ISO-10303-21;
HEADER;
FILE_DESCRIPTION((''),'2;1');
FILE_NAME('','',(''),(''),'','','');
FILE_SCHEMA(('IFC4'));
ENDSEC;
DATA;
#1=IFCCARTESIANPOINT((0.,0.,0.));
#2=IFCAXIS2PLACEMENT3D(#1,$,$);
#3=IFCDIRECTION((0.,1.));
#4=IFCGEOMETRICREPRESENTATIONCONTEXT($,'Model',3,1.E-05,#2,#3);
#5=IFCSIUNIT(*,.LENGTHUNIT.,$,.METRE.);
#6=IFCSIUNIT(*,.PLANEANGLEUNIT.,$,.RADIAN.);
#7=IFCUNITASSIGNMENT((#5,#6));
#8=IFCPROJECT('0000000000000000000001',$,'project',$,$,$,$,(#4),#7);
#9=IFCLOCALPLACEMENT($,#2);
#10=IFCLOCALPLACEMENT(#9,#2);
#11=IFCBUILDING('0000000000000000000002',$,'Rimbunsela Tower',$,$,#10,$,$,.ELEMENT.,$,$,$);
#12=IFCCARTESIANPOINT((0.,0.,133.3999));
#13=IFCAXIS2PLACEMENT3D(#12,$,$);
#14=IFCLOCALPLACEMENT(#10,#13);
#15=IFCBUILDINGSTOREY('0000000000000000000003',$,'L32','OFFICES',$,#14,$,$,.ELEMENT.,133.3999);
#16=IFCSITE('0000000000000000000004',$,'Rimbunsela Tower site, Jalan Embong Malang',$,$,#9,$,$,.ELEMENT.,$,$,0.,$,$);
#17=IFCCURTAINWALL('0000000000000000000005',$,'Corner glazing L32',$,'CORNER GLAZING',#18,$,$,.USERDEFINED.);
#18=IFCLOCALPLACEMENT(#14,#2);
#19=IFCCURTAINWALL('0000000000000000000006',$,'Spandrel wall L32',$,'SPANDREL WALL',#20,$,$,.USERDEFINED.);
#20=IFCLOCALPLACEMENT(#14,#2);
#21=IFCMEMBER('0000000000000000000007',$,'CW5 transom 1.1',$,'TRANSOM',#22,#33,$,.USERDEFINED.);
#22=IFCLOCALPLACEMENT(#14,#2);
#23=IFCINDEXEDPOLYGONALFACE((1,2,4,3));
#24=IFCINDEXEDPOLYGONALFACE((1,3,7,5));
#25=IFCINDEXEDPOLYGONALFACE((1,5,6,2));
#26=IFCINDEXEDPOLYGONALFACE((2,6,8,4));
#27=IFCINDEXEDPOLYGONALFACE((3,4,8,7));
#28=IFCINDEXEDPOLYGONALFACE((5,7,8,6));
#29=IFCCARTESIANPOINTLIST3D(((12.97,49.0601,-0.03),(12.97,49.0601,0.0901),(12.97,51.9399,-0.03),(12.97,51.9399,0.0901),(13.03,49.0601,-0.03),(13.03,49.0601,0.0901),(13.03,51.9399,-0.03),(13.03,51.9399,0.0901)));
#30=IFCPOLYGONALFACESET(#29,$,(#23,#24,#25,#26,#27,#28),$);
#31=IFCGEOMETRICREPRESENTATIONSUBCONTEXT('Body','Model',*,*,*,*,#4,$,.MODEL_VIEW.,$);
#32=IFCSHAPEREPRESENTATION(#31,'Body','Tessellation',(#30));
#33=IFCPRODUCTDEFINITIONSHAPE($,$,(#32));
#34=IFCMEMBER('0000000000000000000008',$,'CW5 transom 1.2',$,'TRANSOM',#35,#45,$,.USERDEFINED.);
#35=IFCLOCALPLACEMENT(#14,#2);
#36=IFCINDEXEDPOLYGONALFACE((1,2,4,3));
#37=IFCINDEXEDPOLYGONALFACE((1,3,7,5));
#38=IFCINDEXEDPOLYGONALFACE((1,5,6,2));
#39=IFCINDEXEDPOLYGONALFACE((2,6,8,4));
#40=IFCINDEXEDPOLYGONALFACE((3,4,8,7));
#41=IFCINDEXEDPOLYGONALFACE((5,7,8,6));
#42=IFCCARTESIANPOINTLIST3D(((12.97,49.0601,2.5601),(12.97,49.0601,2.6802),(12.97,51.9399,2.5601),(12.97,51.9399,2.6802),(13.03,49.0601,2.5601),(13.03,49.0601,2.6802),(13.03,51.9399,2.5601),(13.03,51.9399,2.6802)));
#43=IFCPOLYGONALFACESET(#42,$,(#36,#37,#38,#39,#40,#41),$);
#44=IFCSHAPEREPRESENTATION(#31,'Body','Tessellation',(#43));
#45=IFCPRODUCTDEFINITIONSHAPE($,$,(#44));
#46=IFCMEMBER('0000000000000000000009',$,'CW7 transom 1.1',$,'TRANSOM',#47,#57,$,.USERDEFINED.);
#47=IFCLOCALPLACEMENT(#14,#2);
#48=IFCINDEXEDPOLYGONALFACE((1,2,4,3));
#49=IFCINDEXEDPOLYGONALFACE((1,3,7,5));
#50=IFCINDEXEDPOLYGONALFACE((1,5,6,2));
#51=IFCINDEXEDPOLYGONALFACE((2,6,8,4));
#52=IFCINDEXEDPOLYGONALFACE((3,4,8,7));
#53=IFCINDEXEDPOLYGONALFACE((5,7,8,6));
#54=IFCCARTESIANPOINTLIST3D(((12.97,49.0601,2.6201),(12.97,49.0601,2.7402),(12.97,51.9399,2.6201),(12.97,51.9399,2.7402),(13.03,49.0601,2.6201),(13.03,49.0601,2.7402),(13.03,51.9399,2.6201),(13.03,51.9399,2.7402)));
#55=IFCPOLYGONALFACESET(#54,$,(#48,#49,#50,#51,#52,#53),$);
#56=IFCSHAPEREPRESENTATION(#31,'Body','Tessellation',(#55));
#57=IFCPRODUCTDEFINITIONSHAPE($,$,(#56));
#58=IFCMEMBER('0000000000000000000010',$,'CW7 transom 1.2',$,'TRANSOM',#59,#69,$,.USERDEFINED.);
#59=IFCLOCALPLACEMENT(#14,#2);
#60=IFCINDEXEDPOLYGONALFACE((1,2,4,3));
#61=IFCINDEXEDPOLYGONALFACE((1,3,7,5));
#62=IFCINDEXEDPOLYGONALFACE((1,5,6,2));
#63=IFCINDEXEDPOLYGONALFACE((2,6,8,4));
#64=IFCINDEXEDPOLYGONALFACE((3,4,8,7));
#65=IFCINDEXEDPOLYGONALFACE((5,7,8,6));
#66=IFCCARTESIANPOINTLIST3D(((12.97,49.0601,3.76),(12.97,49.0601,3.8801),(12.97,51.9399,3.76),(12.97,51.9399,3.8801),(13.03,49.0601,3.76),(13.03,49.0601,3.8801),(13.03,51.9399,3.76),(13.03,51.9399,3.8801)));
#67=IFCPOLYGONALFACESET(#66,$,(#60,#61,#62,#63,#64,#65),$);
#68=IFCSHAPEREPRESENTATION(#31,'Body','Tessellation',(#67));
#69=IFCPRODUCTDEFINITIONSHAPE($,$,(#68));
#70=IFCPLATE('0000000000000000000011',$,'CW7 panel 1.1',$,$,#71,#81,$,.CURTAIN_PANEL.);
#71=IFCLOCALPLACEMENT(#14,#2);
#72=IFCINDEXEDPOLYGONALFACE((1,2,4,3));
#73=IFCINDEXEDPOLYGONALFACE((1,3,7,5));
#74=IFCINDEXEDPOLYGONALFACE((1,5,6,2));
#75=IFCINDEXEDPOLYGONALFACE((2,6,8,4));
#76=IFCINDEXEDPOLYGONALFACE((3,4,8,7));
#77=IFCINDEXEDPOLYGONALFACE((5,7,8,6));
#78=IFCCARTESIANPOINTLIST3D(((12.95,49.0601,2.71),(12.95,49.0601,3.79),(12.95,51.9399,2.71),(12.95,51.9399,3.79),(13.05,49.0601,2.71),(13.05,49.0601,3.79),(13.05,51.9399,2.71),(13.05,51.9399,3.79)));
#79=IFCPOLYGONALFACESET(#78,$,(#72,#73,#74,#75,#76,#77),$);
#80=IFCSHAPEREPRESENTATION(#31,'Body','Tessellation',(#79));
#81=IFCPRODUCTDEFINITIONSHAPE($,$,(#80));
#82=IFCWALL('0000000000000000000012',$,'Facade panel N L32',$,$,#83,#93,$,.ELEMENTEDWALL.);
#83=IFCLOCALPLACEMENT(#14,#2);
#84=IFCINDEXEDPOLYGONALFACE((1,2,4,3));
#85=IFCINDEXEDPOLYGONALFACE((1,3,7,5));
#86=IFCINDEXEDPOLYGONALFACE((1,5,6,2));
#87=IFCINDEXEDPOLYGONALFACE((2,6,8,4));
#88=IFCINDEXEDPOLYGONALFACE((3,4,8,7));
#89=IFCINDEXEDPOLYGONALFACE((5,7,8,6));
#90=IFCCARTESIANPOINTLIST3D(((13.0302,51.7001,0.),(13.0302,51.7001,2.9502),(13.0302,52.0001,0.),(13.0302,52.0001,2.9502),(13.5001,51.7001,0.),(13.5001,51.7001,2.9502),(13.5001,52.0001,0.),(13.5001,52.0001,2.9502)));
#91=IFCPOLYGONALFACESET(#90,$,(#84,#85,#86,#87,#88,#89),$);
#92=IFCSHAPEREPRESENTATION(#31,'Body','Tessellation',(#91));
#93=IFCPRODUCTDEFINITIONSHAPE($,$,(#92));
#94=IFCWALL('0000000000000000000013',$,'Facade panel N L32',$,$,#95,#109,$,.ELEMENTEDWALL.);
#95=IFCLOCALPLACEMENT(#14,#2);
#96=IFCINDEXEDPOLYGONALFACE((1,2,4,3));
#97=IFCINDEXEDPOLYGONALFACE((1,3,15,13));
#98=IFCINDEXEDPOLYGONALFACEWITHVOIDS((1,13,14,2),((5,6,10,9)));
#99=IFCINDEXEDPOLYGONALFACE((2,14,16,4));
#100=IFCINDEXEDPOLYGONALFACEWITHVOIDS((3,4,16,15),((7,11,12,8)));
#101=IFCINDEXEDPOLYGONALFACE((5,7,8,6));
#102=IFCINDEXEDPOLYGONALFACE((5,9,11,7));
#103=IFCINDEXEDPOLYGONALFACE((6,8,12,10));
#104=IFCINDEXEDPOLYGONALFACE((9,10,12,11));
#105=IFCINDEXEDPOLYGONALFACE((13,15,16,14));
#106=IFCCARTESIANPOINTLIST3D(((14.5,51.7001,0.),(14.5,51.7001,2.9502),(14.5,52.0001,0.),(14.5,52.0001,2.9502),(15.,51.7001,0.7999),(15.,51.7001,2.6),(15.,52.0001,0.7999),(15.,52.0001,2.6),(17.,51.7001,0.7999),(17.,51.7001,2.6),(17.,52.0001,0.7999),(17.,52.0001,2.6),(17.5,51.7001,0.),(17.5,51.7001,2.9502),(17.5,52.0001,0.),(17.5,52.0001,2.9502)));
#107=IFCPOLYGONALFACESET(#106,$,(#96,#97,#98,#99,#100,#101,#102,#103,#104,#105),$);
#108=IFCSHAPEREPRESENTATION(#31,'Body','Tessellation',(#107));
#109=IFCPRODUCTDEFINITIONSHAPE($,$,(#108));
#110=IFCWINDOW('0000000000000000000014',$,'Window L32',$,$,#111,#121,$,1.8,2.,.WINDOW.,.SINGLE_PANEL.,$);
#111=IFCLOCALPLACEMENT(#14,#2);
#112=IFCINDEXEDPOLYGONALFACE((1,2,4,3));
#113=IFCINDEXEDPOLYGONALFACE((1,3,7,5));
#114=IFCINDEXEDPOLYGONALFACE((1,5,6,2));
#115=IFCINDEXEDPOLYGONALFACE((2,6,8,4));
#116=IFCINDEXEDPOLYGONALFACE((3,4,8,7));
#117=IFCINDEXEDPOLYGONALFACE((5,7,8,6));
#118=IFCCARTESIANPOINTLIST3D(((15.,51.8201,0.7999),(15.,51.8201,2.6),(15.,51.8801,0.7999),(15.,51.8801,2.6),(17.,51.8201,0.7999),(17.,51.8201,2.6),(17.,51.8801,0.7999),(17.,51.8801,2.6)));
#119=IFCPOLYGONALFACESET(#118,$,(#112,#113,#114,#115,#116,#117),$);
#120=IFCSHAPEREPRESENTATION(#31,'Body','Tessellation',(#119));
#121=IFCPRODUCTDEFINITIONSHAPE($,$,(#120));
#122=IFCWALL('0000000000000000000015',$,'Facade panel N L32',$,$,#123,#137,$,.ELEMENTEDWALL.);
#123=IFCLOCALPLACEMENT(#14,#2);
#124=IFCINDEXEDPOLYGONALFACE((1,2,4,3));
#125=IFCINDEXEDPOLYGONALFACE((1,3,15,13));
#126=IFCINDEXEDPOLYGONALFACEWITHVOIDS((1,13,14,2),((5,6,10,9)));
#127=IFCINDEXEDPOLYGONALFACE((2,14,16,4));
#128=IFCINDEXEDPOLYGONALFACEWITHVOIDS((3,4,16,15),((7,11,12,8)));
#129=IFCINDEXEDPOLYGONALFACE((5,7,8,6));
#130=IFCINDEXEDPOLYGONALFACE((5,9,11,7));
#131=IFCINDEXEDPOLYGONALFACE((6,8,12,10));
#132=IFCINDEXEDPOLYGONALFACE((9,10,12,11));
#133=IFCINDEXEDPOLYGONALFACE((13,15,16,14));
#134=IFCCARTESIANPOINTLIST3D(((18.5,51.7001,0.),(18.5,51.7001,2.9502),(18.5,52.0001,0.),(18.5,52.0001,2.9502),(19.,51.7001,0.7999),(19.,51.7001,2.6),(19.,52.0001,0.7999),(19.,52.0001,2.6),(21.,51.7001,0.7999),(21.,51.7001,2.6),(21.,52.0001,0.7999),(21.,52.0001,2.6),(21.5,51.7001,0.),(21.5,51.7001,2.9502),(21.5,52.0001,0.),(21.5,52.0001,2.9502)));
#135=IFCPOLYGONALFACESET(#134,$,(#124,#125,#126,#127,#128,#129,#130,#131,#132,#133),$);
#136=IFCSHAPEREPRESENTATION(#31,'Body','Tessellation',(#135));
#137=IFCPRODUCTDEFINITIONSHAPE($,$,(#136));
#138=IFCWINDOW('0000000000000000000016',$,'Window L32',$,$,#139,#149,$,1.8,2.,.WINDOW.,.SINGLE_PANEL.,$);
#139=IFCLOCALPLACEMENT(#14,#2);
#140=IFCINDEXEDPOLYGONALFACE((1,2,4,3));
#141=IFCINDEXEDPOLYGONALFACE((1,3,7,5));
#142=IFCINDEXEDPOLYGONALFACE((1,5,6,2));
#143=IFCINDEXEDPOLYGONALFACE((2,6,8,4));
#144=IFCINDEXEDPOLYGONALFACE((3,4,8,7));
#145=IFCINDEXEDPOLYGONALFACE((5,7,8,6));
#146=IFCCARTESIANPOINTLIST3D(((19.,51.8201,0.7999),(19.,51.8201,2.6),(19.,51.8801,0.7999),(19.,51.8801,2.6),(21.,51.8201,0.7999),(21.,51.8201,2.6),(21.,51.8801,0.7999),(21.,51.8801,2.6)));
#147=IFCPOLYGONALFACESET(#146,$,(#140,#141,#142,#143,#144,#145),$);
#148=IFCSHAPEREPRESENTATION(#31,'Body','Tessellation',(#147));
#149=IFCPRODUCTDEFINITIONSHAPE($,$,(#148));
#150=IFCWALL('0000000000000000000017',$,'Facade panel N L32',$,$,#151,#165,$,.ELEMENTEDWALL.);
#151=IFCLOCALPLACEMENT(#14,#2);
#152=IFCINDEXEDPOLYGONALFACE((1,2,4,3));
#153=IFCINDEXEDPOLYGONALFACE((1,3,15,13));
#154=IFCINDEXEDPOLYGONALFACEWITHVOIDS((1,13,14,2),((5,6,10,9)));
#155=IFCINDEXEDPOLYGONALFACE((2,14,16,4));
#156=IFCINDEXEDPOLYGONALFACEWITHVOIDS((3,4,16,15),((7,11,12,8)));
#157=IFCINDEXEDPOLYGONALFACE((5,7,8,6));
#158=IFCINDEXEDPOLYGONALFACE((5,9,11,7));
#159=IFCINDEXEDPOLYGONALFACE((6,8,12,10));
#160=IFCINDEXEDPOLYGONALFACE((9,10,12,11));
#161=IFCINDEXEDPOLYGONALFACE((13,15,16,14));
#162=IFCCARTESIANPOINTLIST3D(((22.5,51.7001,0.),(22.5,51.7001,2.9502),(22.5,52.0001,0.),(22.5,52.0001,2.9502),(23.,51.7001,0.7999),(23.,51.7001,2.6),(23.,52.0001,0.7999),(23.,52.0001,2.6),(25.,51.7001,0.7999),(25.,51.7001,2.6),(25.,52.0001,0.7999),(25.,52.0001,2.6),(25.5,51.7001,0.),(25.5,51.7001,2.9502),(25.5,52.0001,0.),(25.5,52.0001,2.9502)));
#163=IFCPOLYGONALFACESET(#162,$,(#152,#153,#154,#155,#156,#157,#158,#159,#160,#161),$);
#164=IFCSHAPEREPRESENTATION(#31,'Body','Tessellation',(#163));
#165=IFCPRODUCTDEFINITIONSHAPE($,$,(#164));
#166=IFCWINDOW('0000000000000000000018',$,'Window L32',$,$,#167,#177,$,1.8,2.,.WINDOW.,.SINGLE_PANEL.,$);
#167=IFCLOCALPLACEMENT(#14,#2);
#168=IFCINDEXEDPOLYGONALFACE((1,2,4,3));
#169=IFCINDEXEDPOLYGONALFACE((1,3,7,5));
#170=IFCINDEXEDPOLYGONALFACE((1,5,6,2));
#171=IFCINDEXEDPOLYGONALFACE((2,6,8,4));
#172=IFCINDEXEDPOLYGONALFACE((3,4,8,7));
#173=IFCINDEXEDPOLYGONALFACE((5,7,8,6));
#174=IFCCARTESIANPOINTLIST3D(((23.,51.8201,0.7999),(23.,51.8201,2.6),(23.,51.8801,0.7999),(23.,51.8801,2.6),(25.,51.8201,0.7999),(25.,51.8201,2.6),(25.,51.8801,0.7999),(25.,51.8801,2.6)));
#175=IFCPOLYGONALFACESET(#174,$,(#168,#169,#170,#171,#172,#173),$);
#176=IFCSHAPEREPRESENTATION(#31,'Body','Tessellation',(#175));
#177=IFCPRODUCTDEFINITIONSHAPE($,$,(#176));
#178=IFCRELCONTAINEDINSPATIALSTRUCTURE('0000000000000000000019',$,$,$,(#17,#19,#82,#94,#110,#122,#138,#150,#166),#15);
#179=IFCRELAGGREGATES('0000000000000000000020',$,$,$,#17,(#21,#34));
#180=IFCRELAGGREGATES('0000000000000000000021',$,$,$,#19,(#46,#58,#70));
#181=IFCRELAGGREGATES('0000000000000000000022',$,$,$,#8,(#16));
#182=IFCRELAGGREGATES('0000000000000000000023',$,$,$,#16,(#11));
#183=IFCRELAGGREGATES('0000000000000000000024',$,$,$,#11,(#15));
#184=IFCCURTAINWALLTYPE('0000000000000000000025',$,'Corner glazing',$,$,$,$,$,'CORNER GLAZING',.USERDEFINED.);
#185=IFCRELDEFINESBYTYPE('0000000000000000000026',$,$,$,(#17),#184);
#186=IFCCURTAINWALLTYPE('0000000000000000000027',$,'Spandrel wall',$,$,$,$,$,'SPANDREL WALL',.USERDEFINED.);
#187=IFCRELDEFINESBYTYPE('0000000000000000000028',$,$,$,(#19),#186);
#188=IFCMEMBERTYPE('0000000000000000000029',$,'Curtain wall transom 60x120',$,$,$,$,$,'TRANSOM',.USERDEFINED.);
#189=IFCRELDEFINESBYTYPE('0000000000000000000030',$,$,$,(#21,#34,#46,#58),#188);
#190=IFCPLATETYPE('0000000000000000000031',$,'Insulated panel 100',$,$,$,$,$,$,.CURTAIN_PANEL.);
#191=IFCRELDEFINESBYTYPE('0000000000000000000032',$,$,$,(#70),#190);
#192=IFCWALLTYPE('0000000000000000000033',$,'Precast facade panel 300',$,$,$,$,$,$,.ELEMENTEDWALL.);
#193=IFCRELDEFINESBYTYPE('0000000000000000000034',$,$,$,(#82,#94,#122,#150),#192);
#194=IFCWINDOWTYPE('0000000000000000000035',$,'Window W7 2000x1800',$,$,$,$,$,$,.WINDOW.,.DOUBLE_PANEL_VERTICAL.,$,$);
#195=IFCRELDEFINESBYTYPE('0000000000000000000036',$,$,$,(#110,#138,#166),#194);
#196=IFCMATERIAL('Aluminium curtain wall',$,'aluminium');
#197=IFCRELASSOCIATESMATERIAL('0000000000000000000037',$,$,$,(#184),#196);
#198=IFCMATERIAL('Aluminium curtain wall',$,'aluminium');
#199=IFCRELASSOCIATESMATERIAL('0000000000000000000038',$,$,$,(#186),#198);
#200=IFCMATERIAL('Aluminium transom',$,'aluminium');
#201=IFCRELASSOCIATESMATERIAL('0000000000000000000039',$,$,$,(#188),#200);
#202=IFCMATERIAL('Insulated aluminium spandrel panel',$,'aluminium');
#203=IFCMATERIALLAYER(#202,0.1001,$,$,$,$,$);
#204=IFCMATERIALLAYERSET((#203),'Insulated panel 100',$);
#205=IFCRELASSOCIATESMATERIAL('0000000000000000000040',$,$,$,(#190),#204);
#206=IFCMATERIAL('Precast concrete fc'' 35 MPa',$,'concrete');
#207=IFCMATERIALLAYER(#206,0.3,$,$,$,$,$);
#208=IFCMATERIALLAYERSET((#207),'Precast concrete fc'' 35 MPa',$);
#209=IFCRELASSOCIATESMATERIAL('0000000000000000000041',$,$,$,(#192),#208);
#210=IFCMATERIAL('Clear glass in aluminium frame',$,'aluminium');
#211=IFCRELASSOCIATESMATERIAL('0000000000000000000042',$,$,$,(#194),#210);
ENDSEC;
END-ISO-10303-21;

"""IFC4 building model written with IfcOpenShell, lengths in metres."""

from ifc_helpers import new_model, si_unit, direction, frame, frame_2d, origin, origin_2d, place, context, subcontext, project, spatial, rectangle, extrude, material, layer, layer_set, material_profile, profile_set, type_object, element, fill, aggregate, save


model = new_model("IFC4")

# Units and contexts
model_context = context("Model", 3, precision=1e-05, world=origin(), true_north=direction((0.0, 1.0)))
body_context = subcontext(model_context, "Body", "Model", "MODEL_VIEW")
ifc_project = project(units=[si_unit("LENGTHUNIT", "METRE"), si_unit("PLANEANGLEUNIT", "RADIAN")], contexts=[model_context])

# Site, building, storey
site_placement = place(None, origin())
site = spatial("IfcSite", under=ifc_project, at=site_placement, Name="Rimbunsela Tower site, Jalan Embong Malang", CompositionType="ELEMENT", RefElevation=0.0)
building_placement = place(site_placement, origin())
building = spatial("IfcBuilding", under=site, at=building_placement, Name="Rimbunsela Tower", CompositionType="ELEMENT")
storey_placement = place(building_placement, frame((0.0, 0.0, 133.3999)))
storey = spatial("IfcBuildingStorey", under=building, at=storey_placement, Name="L32", Description="OFFICES", CompositionType="ELEMENT", Elevation=133.3999)

# Curtain walls
ifc_material_1 = material(Name="Aluminium curtain wall", Category="aluminium")
curtain_wall_type_1 = type_object("IfcCurtainWallType", Name="Corner glazing", ElementType="CORNER GLAZING", PredefinedType="USERDEFINED", material=ifc_material_1)
curtain_wall_1_placement = place(storey_placement, origin())
curtain_wall_1 = element("IfcCurtainWall", 1, at=curtain_wall_1_placement, inside=storey, type_object=curtain_wall_type_1, Name="Corner glazing L32", ObjectType="CORNER GLAZING", PredefinedType="USERDEFINED")
ifc_material_2 = material(Name="Aluminium curtain wall", Category="aluminium")
curtain_wall_type_2 = type_object("IfcCurtainWallType", Name="Spandrel wall", ElementType="SPANDREL WALL", PredefinedType="USERDEFINED", material=ifc_material_2)
curtain_wall_2_placement = place(storey_placement, origin())
curtain_wall_2 = element("IfcCurtainWall", 2, at=curtain_wall_2_placement, inside=storey, type_object=curtain_wall_type_2, Name="Spandrel wall L32", ObjectType="SPANDREL WALL", PredefinedType="USERDEFINED")

# Members
ifc_material_3 = material(Name="Aluminium transom", Category="aluminium")
ifc_material_profile_1 = material_profile(ifc_material_3, rectangle(XDim=0.0601, YDim=0.1201, at=origin_2d()), Name="Transom 60x120")
ifc_profile_set_1 = profile_set([ifc_material_profile_1], Name="Aluminium transom")
member_type_1 = type_object("IfcMemberType", Name="Curtain wall transom 60x120", ElementType="TRANSOM", PredefinedType="USERDEFINED", material=ifc_profile_set_1)
member_1_placement = place(storey_placement, frame((13.0, 51.9399, 0.03), z_axis=(0.0, -1.0, 0.0), x_axis=(1.0, 0.0, 0.0)))
member_1 = element("IfcMember", 3, at=member_1_placement, type_object=member_type_1, Name="CW5 transom 1.1", ObjectType="TRANSOM", PredefinedType="USERDEFINED", context=body_context, shape_type="SweptSolid", body=[
    extrude(rectangle(XDim=0.0601, YDim=0.1201, at=origin_2d()), origin(), (0.0, 0.0, 1.0), 2.8799),
])
member_2_placement = place(storey_placement, frame((13.0, 51.9399, 2.6201), z_axis=(0.0, -1.0, 0.0), x_axis=(1.0, 0.0, 0.0)))
member_2 = element("IfcMember", 4, at=member_2_placement, type_object=member_type_1, Name="CW5 transom 1.2", ObjectType="TRANSOM", PredefinedType="USERDEFINED", context=body_context, shape_type="SweptSolid", body=[
    extrude(rectangle(XDim=0.0601, YDim=0.1201, at=origin_2d()), origin(), (0.0, 0.0, 1.0), 2.8799),
])
aggregate(curtain_wall_1, [member_1, member_2])
member_3_placement = place(storey_placement, frame((13.0, 51.9399, 2.6802), z_axis=(0.0, -1.0, 0.0), x_axis=(1.0, 0.0, 0.0)))
member_3 = element("IfcMember", 5, at=member_3_placement, type_object=member_type_1, Name="CW7 transom 1.1", ObjectType="TRANSOM", PredefinedType="USERDEFINED", context=body_context, shape_type="SweptSolid", body=[
    extrude(rectangle(XDim=0.0601, YDim=0.1201, at=origin_2d()), origin(), (0.0, 0.0, 1.0), 2.8799),
])
member_4_placement = place(storey_placement, frame((13.0, 51.9399, 3.8201), z_axis=(0.0, -1.0, 0.0), x_axis=(1.0, 0.0, 0.0)))
member_4 = element("IfcMember", 6, at=member_4_placement, type_object=member_type_1, Name="CW7 transom 1.2", ObjectType="TRANSOM", PredefinedType="USERDEFINED", context=body_context, shape_type="SweptSolid", body=[
    extrude(rectangle(XDim=0.0601, YDim=0.1201, at=origin_2d()), origin(), (0.0, 0.0, 1.0), 2.8799),
])

# Plate
ifc_material_4 = material(Name="Insulated aluminium spandrel panel", Category="aluminium")
ifc_layer_1 = layer(ifc_material_4, 0.1001)
ifc_layer_set_1 = layer_set([ifc_layer_1], Name="Insulated panel 100")
plate_type = type_object("IfcPlateType", Name="Insulated panel 100", PredefinedType="CURTAIN_PANEL", material=ifc_layer_set_1)
plate_placement = place(storey_placement, frame((13.0, 50.5, 2.71), z_axis=(0.0, 0.0, 1.0), x_axis=(0.0, -1.0, 0.0)))
plate = element("IfcPlate", 7, at=plate_placement, type_object=plate_type, Name="CW7 panel 1.1", PredefinedType="CURTAIN_PANEL", context=body_context, shape_type="SweptSolid", body=[
    extrude(rectangle(XDim=2.8799, YDim=0.1001, at=origin_2d()), origin(), (0.0, 0.0, 1.0), 1.0801),
])
aggregate(curtain_wall_2, [member_3, member_4, plate])

# Wall
ifc_material_5 = material(Name="Precast concrete fc' 35 MPa", Category="concrete")
ifc_layer_2 = layer(ifc_material_5, 0.3)
ifc_layer_set_2 = layer_set([ifc_layer_2], Name="Precast concrete fc' 35 MPa")
wall_type_1 = type_object("IfcWallType", Name="Precast facade panel 300", PredefinedType="ELEMENTEDWALL", material=ifc_layer_set_2)
wall_1_placement = place(storey_placement, frame((13.5, 51.8501, 0.0), z_axis=(0.0, 0.0, 1.0), x_axis=(-1.0, 0.0, 0.0)))
element("IfcWall", 8, at=wall_1_placement, inside=storey, type_object=wall_type_1, Name="Facade panel N L32", PredefinedType="ELEMENTEDWALL", context=body_context, shape_type="SweptSolid", body=[
    extrude(rectangle(XDim=0.47, YDim=0.3, at=frame_2d((0.2349, 0.0))), origin(), (0.0, 0.0, 1.0), 2.9502),
])

# Walls, openings, windows
wall_2_placement = place(storey_placement, frame((17.5, 51.8501, 0.0), z_axis=(0.0, 0.0, 1.0), x_axis=(-1.0, 0.0, 0.0)))
wall_2 = element("IfcWall", 9, at=wall_2_placement, inside=storey, type_object=wall_type_1, Name="Facade panel N L32", PredefinedType="ELEMENTEDWALL", context=body_context, shape_type="SweptSolid", body=[
    extrude(rectangle(XDim=3.0, YDim=0.3, at=frame_2d((1.5, 0.0))), origin(), (0.0, 0.0, 1.0), 2.9502),
])
opening_1_placement = place(wall_2_placement, frame((0.5, 0.0, 0.8)))
opening_1 = element("IfcOpeningElement", 10, at=opening_1_placement, cuts=wall_2, PredefinedType="OPENING", context=body_context, shape_type="SweptSolid", body=[
    extrude(rectangle(XDim=2.0, YDim=1.8, at=frame_2d((1.0, 0.8999))), frame((0.0, 0.1599, 0.0), z_axis=(0.0, -1.0, 0.0), x_axis=(1.0, 0.0, 0.0)), (0.0, 0.0, 1.0), 0.3201),
])
ifc_material_6 = material(Name="Clear glass in aluminium frame", Category="aluminium")
window_type = type_object("IfcWindowType", Name="Window W7 2000x1800", PartitioningType="DOUBLE_PANEL_VERTICAL", PredefinedType="WINDOW", material=ifc_material_6)
window_1_placement = place(opening_1_placement, origin())
window_1 = element("IfcWindow", 11, at=window_1_placement, inside=storey, type_object=window_type, Name="Window L32", OverallHeight=1.8, OverallWidth=2.0, PartitioningType="SINGLE_PANEL", PredefinedType="WINDOW", context=body_context, shape_type="SweptSolid", body=[
    extrude(rectangle(XDim=2.0, YDim=1.8, at=frame_2d((1.0, 0.8999))), frame((0.0, 0.03, 0.0), z_axis=(0.0, -1.0, 0.0), x_axis=(1.0, 0.0, 0.0)), (0.0, 0.0, 1.0), 0.0601),
])
fill(opening_1, window_1)
wall_3_placement = place(storey_placement, frame((21.5, 51.8501, 0.0), z_axis=(0.0, 0.0, 1.0), x_axis=(-1.0, 0.0, 0.0)))
wall_3 = element("IfcWall", 12, at=wall_3_placement, inside=storey, type_object=wall_type_1, Name="Facade panel N L32", PredefinedType="ELEMENTEDWALL", context=body_context, shape_type="SweptSolid", body=[
    extrude(rectangle(XDim=3.0, YDim=0.3, at=frame_2d((1.5, 0.0))), origin(), (0.0, 0.0, 1.0), 2.9502),
])
opening_2_placement = place(wall_3_placement, frame((0.5, 0.0, 0.8)))
opening_2 = element("IfcOpeningElement", 13, at=opening_2_placement, cuts=wall_3, PredefinedType="OPENING", context=body_context, shape_type="SweptSolid", body=[
    extrude(rectangle(XDim=2.0, YDim=1.8, at=frame_2d((1.0, 0.8999))), frame((0.0, 0.1599, 0.0), z_axis=(0.0, -1.0, 0.0), x_axis=(1.0, 0.0, 0.0)), (0.0, 0.0, 1.0), 0.3201),
])
window_2_placement = place(opening_2_placement, origin())
window_2 = element("IfcWindow", 14, at=window_2_placement, inside=storey, type_object=window_type, Name="Window L32", OverallHeight=1.8, OverallWidth=2.0, PartitioningType="SINGLE_PANEL", PredefinedType="WINDOW", context=body_context, shape_type="SweptSolid", body=[
    extrude(rectangle(XDim=2.0, YDim=1.8, at=frame_2d((1.0, 0.8999))), frame((0.0, 0.03, 0.0), z_axis=(0.0, -1.0, 0.0), x_axis=(1.0, 0.0, 0.0)), (0.0, 0.0, 1.0), 0.0601),
])
fill(opening_2, window_2)
wall_4_placement = place(storey_placement, frame((25.5, 51.8501, 0.0), z_axis=(0.0, 0.0, 1.0), x_axis=(-1.0, 0.0, 0.0)))
wall_4 = element("IfcWall", 15, at=wall_4_placement, inside=storey, type_object=wall_type_1, Name="Facade panel N L32", PredefinedType="ELEMENTEDWALL", context=body_context, shape_type="SweptSolid", body=[
    extrude(rectangle(XDim=3.0, YDim=0.3, at=frame_2d((1.5, 0.0))), origin(), (0.0, 0.0, 1.0), 2.9502),
])
opening_3_placement = place(wall_4_placement, frame((0.5, 0.0, 0.8)))
opening_3 = element("IfcOpeningElement", 16, at=opening_3_placement, cuts=wall_4, PredefinedType="OPENING", context=body_context, shape_type="SweptSolid", body=[
    extrude(rectangle(XDim=2.0, YDim=1.8, at=frame_2d((1.0, 0.8999))), frame((0.0, 0.1599, 0.0), z_axis=(0.0, -1.0, 0.0), x_axis=(1.0, 0.0, 0.0)), (0.0, 0.0, 1.0), 0.3201),
])
window_3_placement = place(opening_3_placement, origin())
window_3 = element("IfcWindow", 17, at=window_3_placement, inside=storey, type_object=window_type, Name="Window L32", OverallHeight=1.8, OverallWidth=2.0, PartitioningType="SINGLE_PANEL", PredefinedType="WINDOW", context=body_context, shape_type="SweptSolid", body=[
    extrude(rectangle(XDim=2.0, YDim=1.8, at=frame_2d((1.0, 0.8999))), frame((0.0, 0.03, 0.0), z_axis=(0.0, -1.0, 0.0), x_axis=(1.0, 0.0, 0.0)), (0.0, 0.0, 1.0), 0.0601),
])
fill(opening_3, window_3)

save(model, "model.ifc")
